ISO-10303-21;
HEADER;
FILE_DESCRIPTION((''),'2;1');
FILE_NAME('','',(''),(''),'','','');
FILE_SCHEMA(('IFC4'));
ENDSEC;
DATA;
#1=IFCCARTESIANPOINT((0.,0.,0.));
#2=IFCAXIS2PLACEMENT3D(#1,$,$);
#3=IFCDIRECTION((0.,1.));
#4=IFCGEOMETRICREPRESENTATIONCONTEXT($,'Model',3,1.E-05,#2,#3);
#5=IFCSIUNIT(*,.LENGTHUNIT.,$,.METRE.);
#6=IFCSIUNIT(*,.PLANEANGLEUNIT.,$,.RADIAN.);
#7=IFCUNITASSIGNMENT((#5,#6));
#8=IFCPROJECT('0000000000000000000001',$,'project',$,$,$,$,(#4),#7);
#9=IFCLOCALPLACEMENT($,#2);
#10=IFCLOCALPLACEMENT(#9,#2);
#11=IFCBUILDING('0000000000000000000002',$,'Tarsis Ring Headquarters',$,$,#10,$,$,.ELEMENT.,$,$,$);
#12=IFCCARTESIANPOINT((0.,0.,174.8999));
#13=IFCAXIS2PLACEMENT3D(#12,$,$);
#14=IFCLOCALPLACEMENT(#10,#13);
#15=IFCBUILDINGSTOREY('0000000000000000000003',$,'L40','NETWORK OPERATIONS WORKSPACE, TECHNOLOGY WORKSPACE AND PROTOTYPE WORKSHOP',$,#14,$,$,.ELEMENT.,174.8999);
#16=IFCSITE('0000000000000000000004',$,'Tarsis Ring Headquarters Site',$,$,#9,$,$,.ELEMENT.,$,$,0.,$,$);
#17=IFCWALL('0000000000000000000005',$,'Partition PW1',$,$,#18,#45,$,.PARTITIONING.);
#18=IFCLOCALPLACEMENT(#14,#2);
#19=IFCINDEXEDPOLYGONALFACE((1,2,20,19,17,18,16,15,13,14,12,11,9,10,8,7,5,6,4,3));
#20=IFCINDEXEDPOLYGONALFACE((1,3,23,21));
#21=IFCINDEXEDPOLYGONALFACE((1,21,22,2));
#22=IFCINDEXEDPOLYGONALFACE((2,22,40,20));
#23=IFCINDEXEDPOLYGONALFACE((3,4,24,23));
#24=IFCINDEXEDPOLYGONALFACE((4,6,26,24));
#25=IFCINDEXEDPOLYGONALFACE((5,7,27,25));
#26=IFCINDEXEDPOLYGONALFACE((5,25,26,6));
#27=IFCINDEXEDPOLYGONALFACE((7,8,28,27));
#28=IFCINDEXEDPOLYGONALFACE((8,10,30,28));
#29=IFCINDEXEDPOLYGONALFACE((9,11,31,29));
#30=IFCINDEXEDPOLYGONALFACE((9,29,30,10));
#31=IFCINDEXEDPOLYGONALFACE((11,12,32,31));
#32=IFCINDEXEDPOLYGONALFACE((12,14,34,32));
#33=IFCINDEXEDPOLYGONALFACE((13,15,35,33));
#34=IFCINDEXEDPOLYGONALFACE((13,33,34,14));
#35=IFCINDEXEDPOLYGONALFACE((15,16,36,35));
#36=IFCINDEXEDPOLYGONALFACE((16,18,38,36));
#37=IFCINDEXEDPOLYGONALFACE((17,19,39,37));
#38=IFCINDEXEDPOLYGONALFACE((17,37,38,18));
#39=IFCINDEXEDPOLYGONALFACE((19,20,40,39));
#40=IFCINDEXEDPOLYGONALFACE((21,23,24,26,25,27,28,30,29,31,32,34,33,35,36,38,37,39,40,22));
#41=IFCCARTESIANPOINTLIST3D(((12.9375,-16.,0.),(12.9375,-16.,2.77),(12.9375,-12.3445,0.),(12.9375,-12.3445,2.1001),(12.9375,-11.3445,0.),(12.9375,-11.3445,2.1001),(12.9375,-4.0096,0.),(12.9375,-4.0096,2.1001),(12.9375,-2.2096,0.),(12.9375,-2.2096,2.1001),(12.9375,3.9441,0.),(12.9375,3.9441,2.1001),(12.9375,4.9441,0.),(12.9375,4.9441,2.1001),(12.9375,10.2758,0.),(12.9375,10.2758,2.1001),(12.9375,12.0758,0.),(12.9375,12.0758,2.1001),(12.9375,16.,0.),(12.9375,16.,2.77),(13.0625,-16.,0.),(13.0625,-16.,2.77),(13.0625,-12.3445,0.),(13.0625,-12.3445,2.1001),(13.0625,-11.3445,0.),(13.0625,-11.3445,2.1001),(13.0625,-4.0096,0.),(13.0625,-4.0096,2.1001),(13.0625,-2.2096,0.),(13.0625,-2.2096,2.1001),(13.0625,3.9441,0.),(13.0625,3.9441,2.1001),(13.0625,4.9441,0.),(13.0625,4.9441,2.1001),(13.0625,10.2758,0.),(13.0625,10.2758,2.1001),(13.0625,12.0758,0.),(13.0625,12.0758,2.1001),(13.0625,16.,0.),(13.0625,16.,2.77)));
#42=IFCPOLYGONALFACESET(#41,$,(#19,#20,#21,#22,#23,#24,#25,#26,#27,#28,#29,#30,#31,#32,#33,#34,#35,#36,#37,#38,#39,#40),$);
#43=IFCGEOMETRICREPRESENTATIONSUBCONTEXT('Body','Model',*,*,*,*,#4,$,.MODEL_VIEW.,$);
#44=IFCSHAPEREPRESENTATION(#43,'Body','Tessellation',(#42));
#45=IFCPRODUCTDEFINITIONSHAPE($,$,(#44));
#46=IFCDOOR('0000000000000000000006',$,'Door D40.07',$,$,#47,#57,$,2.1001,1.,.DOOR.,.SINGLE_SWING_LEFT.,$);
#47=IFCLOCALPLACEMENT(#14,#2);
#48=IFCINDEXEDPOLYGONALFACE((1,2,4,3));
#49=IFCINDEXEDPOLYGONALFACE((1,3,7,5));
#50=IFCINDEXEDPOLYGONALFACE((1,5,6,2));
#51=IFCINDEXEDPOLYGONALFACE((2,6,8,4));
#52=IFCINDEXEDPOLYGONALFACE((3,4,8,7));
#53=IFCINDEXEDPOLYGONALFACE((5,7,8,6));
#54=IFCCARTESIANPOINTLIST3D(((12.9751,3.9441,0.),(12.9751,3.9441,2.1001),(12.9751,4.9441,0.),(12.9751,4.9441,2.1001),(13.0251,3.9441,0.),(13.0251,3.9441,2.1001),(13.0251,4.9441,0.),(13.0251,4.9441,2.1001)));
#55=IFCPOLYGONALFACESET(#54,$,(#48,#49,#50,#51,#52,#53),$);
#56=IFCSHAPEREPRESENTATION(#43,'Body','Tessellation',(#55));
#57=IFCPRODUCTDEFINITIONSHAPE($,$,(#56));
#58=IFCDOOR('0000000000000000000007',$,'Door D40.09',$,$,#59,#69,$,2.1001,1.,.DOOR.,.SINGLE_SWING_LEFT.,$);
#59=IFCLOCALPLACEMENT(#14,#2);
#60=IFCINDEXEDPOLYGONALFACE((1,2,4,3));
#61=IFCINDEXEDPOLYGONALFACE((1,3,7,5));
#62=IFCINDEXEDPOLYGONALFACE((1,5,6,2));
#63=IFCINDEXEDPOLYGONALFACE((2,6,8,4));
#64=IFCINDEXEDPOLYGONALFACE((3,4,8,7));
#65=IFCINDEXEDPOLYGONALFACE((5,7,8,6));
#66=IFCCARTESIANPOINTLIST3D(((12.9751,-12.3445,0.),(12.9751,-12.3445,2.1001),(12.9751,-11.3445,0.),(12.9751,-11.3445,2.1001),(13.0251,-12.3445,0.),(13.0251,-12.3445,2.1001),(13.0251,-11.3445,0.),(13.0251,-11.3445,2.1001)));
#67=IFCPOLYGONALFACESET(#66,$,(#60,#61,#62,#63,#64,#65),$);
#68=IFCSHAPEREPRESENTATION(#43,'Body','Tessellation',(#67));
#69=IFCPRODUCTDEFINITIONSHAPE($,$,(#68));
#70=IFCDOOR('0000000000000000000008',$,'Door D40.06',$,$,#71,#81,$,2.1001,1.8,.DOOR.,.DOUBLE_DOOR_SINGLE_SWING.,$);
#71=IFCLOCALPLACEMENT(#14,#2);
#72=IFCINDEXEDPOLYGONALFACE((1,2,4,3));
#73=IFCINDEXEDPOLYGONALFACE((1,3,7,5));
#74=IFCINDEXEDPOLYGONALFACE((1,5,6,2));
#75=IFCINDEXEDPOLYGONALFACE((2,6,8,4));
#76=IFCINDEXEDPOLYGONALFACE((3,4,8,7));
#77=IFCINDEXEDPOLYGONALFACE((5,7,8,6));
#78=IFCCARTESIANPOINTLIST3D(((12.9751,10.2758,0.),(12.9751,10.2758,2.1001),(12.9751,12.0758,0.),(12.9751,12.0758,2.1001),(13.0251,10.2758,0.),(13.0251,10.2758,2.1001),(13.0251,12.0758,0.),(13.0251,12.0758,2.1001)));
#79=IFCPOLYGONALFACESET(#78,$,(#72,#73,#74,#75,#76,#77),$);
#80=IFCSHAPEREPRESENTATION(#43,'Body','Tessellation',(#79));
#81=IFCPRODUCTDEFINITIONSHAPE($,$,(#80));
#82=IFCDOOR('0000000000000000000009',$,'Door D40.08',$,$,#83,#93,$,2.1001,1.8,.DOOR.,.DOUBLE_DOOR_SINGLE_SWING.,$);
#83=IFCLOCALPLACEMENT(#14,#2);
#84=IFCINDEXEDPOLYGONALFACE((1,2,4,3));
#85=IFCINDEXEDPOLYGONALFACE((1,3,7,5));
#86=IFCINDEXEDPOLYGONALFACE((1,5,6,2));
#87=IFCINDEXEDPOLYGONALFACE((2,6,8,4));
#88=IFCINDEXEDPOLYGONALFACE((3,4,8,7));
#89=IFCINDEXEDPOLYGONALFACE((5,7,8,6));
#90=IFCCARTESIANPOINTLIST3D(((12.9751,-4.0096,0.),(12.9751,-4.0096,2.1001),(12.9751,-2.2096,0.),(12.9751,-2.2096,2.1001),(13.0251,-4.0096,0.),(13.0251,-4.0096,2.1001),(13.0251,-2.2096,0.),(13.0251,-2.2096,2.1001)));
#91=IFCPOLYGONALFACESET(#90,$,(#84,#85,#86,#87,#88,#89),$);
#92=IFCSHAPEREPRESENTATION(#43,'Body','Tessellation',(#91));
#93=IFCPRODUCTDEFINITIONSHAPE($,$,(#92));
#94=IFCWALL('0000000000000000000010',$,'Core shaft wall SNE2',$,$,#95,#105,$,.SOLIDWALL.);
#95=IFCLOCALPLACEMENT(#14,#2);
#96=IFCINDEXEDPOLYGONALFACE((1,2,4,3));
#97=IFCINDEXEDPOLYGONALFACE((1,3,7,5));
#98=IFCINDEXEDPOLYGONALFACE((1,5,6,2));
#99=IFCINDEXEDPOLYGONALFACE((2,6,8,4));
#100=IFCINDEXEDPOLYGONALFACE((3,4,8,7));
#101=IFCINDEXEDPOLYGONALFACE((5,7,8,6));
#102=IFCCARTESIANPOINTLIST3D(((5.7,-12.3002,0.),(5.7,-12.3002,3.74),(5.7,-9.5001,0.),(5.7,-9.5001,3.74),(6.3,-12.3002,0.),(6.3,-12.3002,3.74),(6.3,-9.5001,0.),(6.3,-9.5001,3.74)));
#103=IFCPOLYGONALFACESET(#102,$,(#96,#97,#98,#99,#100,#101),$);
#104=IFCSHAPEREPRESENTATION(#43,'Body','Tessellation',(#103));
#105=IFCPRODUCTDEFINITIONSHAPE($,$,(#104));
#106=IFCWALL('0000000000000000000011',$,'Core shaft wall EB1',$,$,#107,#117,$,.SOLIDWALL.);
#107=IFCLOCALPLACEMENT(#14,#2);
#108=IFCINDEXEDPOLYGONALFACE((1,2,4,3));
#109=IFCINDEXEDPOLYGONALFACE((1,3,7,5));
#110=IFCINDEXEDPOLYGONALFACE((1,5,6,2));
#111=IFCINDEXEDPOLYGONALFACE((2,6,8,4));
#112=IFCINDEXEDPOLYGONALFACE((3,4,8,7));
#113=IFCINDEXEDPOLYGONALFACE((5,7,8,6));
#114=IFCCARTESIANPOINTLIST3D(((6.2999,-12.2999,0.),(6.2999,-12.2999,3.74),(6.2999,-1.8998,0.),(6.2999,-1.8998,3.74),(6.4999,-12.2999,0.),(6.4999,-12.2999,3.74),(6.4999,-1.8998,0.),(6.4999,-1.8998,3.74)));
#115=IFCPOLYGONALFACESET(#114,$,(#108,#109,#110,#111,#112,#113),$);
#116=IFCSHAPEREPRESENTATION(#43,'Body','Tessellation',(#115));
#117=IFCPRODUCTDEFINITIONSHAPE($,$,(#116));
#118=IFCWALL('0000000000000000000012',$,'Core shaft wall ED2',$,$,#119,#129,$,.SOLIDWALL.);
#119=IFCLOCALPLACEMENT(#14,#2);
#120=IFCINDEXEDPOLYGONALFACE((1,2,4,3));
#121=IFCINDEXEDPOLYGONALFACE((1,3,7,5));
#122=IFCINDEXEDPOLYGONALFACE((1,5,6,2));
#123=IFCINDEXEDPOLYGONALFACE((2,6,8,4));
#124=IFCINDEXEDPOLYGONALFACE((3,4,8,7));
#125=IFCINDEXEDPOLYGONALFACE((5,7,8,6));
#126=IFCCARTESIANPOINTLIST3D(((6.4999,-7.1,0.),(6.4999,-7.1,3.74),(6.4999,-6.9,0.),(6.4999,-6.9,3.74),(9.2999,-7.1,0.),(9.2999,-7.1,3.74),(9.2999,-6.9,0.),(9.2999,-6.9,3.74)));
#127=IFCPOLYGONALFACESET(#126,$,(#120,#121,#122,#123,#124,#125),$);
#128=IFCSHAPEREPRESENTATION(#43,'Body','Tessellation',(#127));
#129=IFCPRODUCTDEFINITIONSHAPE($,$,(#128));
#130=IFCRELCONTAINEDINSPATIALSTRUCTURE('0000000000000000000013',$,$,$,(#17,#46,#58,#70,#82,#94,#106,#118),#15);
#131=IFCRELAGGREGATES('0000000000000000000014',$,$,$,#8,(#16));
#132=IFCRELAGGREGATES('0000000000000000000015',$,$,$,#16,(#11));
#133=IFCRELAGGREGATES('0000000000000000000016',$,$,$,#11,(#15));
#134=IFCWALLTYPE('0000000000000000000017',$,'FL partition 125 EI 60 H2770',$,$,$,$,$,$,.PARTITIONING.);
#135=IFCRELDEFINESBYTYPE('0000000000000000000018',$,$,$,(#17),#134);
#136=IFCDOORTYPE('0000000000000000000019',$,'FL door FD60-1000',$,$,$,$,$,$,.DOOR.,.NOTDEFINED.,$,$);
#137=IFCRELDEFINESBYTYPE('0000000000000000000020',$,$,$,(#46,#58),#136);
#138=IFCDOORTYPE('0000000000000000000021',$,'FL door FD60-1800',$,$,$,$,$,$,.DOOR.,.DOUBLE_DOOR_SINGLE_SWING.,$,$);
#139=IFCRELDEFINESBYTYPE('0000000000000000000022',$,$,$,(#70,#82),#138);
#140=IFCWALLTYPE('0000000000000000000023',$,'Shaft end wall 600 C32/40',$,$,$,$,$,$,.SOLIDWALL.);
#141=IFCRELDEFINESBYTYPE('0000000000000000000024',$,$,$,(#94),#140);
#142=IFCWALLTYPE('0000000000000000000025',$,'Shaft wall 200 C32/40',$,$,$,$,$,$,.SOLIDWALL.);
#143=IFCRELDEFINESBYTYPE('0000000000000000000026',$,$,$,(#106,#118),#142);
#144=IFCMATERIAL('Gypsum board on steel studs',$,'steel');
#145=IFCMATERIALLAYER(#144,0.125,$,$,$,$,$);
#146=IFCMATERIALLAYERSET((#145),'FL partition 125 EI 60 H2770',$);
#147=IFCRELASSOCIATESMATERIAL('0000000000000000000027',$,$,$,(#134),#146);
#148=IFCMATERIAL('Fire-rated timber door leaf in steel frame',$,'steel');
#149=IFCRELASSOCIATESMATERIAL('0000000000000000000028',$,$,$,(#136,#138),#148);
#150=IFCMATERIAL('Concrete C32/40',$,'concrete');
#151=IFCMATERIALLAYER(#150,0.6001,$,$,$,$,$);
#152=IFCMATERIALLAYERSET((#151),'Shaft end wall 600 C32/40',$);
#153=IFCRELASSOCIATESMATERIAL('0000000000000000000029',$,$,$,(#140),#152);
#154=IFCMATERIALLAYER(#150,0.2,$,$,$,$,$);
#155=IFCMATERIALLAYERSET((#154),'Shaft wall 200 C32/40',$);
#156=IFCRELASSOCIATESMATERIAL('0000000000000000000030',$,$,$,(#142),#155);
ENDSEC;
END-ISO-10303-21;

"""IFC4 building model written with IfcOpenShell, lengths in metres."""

from ifc_helpers import new_model, si_unit, direction, frame, frame_2d, origin, place, context, subcontext, project, spatial, rectangle, extrude, material, layer, layer_set, type_object, element, fill, save


model = new_model("IFC4")

# Units and contexts
model_context = context("Model", 3, precision=1e-05, world=origin(), true_north=direction((0.0, 1.0)))
body_context = subcontext(model_context, "Body", "Model", "MODEL_VIEW")
ifc_project = project(units=[si_unit("LENGTHUNIT", "METRE"), si_unit("PLANEANGLEUNIT", "RADIAN")], contexts=[model_context])

# Site, building, storey
site_placement = place(None, origin())
site = spatial("IfcSite", under=ifc_project, at=site_placement, Name="Tarsis Ring Headquarters Site", CompositionType="ELEMENT", RefElevation=0.0)
building_placement = place(site_placement, origin())
building = spatial("IfcBuilding", under=site, at=building_placement, Name="Tarsis Ring Headquarters", CompositionType="ELEMENT")
storey_placement = place(building_placement, frame((0.0, 0.0, 174.8999)))
storey = spatial("IfcBuildingStorey", under=building, at=storey_placement, Name="L40", Description="NETWORK OPERATIONS WORKSPACE, TECHNOLOGY WORKSPACE AND PROTOTYPE WORKSHOP", CompositionType="ELEMENT", Elevation=174.8999)

# Wall, openings, doors
ifc_material_1 = material(Name="Gypsum board on steel studs", Category="steel")
ifc_layer_1 = layer(ifc_material_1, 0.125)
ifc_layer_set_1 = layer_set([ifc_layer_1], Name="FL partition 125 EI 60 H2770")
wall_type_1 = type_object("IfcWallType", Name="FL partition 125 EI 60 H2770", PredefinedType="PARTITIONING", material=ifc_layer_set_1)
wall_1_placement = place(storey_placement, frame((13.0, -16.0, 0.0), z_axis=(0.0, 0.0, 1.0), x_axis=(0.0, 1.0, 0.0)))
wall_1 = element("IfcWall", 1, at=wall_1_placement, inside=storey, type_object=wall_type_1, Name="Partition PW1", PredefinedType="PARTITIONING", context=body_context, shape_type="SweptSolid", body=[
    extrude(rectangle(XDim=32.0, YDim=0.125, at=frame_2d((16.0, 0.0))), origin(), (0.0, 0.0, 1.0), 2.77),
])
opening_1_placement = place(wall_1_placement, frame((26.2759, 0.0, 0.0)))
opening_1 = element("IfcOpeningElement", 2, at=opening_1_placement, cuts=wall_1, PredefinedType="OPENING", context=body_context, shape_type="SweptSolid", body=[
    extrude(rectangle(XDim=1.8, YDim=2.1001, at=frame_2d((0.8999, 1.05))), frame((0.0, 0.0725, 0.0), z_axis=(0.0, -1.0, 0.0), x_axis=(1.0, 0.0, 0.0)), (0.0, 0.0, 1.0), 0.145),
])
opening_2_placement = place(wall_1_placement, frame((19.9441, 0.0, 0.0)))
opening_2 = element("IfcOpeningElement", 3, at=opening_2_placement, cuts=wall_1, PredefinedType="OPENING", context=body_context, shape_type="SweptSolid", body=[
    extrude(rectangle(XDim=1.0, YDim=2.1001, at=frame_2d((0.5, 1.05))), frame((0.0, 0.0725, 0.0), z_axis=(0.0, -1.0, 0.0), x_axis=(1.0, 0.0, 0.0)), (0.0, 0.0, 1.0), 0.145),
])
opening_3_placement = place(wall_1_placement, frame((11.9905, 0.0, 0.0)))
opening_3 = element("IfcOpeningElement", 4, at=opening_3_placement, cuts=wall_1, PredefinedType="OPENING", context=body_context, shape_type="SweptSolid", body=[
    extrude(rectangle(XDim=1.8, YDim=2.1001, at=frame_2d((0.8999, 1.05))), frame((0.0, 0.0725, 0.0), z_axis=(0.0, -1.0, 0.0), x_axis=(1.0, 0.0, 0.0)), (0.0, 0.0, 1.0), 0.145),
])
opening_4_placement = place(wall_1_placement, frame((3.6555, 0.0, 0.0)))
opening_4 = element("IfcOpeningElement", 5, at=opening_4_placement, cuts=wall_1, PredefinedType="OPENING", context=body_context, shape_type="SweptSolid", body=[
    extrude(rectangle(XDim=1.0, YDim=2.1001, at=frame_2d((0.5, 1.05))), frame((0.0, 0.0725, 0.0), z_axis=(0.0, -1.0, 0.0), x_axis=(1.0, 0.0, 0.0)), (0.0, 0.0, 1.0), 0.145),
])
ifc_material_2 = material(Name="Fire-rated timber door leaf in steel frame", Category="steel")
door_type_1 = type_object("IfcDoorType", Name="FL door FD60-1000", OperationType="NOTDEFINED", PredefinedType="DOOR", material=ifc_material_2)
door_1_placement = place(opening_2_placement, origin())
door_1 = element("IfcDoor", 6, at=door_1_placement, inside=storey, type_object=door_type_1, Name="Door D40.07", OperationType="SINGLE_SWING_LEFT", OverallHeight=2.1001, OverallWidth=1.0, PredefinedType="DOOR", context=body_context, shape_type="SweptSolid", body=[
    extrude(rectangle(XDim=1.0, YDim=2.1001, at=frame_2d((0.5, 1.05))), frame((0.0, 0.0249, 0.0), z_axis=(0.0, -1.0, 0.0), x_axis=(1.0, 0.0, 0.0)), (0.0, 0.0, 1.0), 0.05),
])
fill(opening_2, door_1)
door_2_placement = place(opening_4_placement, origin())
door_2 = element("IfcDoor", 7, at=door_2_placement, inside=storey, type_object=door_type_1, Name="Door D40.09", OperationType="SINGLE_SWING_LEFT", OverallHeight=2.1001, OverallWidth=1.0, PredefinedType="DOOR", context=body_context, shape_type="SweptSolid", body=[
    extrude(rectangle(XDim=1.0, YDim=2.1001, at=frame_2d((0.5, 1.05))), frame((0.0, 0.0249, 0.0), z_axis=(0.0, -1.0, 0.0), x_axis=(1.0, 0.0, 0.0)), (0.0, 0.0, 1.0), 0.05),
])
fill(opening_4, door_2)
door_type_2 = type_object("IfcDoorType", Name="FL door FD60-1800", OperationType="DOUBLE_DOOR_SINGLE_SWING", PredefinedType="DOOR", material=ifc_material_2)
door_3_placement = place(opening_1_placement, origin())
door_3 = element("IfcDoor", 8, at=door_3_placement, inside=storey, type_object=door_type_2, Name="Door D40.06", OperationType="DOUBLE_DOOR_SINGLE_SWING", OverallHeight=2.1001, OverallWidth=1.8, PredefinedType="DOOR", context=body_context, shape_type="SweptSolid", body=[
    extrude(rectangle(XDim=1.8, YDim=2.1001, at=frame_2d((0.8999, 1.05))), frame((0.0, 0.0249, 0.0), z_axis=(0.0, -1.0, 0.0), x_axis=(1.0, 0.0, 0.0)), (0.0, 0.0, 1.0), 0.05),
])
fill(opening_1, door_3)
door_4_placement = place(opening_3_placement, origin())
door_4 = element("IfcDoor", 9, at=door_4_placement, inside=storey, type_object=door_type_2, Name="Door D40.08", OperationType="DOUBLE_DOOR_SINGLE_SWING", OverallHeight=2.1001, OverallWidth=1.8, PredefinedType="DOOR", context=body_context, shape_type="SweptSolid", body=[
    extrude(rectangle(XDim=1.8, YDim=2.1001, at=frame_2d((0.8999, 1.05))), frame((0.0, 0.0249, 0.0), z_axis=(0.0, -1.0, 0.0), x_axis=(1.0, 0.0, 0.0)), (0.0, 0.0, 1.0), 0.05),
])
fill(opening_3, door_4)

# Walls
ifc_material_3 = material(Name="Concrete C32/40", Category="concrete")
ifc_layer_2 = layer(ifc_material_3, 0.6001)
ifc_layer_set_2 = layer_set([ifc_layer_2], Name="Shaft end wall 600 C32/40")
wall_type_2 = type_object("IfcWallType", Name="Shaft end wall 600 C32/40", PredefinedType="SOLIDWALL", material=ifc_layer_set_2)
wall_2_placement = place(storey_placement, frame((6.0, -12.3, 0.0), z_axis=(0.0, 0.0, 1.0), x_axis=(0.0, 1.0, 0.0)))
element("IfcWall", 10, at=wall_2_placement, inside=storey, type_object=wall_type_2, Name="Core shaft wall SNE2", PredefinedType="SOLIDWALL", context=body_context, shape_type="SweptSolid", body=[
    extrude(rectangle(XDim=2.8, YDim=0.6001, at=frame_2d((1.3999, 0.0))), origin(), (0.0, 0.0, 1.0), 3.74),
])
ifc_layer_3 = layer(ifc_material_3, 0.2)
ifc_layer_set_3 = layer_set([ifc_layer_3], Name="Shaft wall 200 C32/40")
wall_type_3 = type_object("IfcWallType", Name="Shaft wall 200 C32/40", PredefinedType="SOLIDWALL", material=ifc_layer_set_3)
wall_3_placement = place(storey_placement, frame((6.3999, -12.3, 0.0), z_axis=(0.0, 0.0, 1.0), x_axis=(0.0, 1.0, 0.0)))
element("IfcWall", 11, at=wall_3_placement, inside=storey, type_object=wall_type_3, Name="Core shaft wall EB1", PredefinedType="SOLIDWALL", context=body_context, shape_type="SweptSolid", body=[
    extrude(rectangle(XDim=10.4001, YDim=0.2, at=frame_2d((5.2002, 0.0))), origin(), (0.0, 0.0, 1.0), 3.74),
])
wall_4_placement = place(storey_placement, frame((6.5, -7.0, 0.0), z_axis=(0.0, 0.0, 1.0), x_axis=(1.0, 0.0, 0.0)))
element("IfcWall", 12, at=wall_4_placement, inside=storey, type_object=wall_type_3, Name="Core shaft wall ED2", PredefinedType="SOLIDWALL", context=body_context, shape_type="SweptSolid", body=[
    extrude(rectangle(XDim=2.8, YDim=0.2, at=frame_2d((1.3999, 0.0))), origin(), (0.0, 0.0, 1.0), 3.74),
])

save(model, "model.ifc")
